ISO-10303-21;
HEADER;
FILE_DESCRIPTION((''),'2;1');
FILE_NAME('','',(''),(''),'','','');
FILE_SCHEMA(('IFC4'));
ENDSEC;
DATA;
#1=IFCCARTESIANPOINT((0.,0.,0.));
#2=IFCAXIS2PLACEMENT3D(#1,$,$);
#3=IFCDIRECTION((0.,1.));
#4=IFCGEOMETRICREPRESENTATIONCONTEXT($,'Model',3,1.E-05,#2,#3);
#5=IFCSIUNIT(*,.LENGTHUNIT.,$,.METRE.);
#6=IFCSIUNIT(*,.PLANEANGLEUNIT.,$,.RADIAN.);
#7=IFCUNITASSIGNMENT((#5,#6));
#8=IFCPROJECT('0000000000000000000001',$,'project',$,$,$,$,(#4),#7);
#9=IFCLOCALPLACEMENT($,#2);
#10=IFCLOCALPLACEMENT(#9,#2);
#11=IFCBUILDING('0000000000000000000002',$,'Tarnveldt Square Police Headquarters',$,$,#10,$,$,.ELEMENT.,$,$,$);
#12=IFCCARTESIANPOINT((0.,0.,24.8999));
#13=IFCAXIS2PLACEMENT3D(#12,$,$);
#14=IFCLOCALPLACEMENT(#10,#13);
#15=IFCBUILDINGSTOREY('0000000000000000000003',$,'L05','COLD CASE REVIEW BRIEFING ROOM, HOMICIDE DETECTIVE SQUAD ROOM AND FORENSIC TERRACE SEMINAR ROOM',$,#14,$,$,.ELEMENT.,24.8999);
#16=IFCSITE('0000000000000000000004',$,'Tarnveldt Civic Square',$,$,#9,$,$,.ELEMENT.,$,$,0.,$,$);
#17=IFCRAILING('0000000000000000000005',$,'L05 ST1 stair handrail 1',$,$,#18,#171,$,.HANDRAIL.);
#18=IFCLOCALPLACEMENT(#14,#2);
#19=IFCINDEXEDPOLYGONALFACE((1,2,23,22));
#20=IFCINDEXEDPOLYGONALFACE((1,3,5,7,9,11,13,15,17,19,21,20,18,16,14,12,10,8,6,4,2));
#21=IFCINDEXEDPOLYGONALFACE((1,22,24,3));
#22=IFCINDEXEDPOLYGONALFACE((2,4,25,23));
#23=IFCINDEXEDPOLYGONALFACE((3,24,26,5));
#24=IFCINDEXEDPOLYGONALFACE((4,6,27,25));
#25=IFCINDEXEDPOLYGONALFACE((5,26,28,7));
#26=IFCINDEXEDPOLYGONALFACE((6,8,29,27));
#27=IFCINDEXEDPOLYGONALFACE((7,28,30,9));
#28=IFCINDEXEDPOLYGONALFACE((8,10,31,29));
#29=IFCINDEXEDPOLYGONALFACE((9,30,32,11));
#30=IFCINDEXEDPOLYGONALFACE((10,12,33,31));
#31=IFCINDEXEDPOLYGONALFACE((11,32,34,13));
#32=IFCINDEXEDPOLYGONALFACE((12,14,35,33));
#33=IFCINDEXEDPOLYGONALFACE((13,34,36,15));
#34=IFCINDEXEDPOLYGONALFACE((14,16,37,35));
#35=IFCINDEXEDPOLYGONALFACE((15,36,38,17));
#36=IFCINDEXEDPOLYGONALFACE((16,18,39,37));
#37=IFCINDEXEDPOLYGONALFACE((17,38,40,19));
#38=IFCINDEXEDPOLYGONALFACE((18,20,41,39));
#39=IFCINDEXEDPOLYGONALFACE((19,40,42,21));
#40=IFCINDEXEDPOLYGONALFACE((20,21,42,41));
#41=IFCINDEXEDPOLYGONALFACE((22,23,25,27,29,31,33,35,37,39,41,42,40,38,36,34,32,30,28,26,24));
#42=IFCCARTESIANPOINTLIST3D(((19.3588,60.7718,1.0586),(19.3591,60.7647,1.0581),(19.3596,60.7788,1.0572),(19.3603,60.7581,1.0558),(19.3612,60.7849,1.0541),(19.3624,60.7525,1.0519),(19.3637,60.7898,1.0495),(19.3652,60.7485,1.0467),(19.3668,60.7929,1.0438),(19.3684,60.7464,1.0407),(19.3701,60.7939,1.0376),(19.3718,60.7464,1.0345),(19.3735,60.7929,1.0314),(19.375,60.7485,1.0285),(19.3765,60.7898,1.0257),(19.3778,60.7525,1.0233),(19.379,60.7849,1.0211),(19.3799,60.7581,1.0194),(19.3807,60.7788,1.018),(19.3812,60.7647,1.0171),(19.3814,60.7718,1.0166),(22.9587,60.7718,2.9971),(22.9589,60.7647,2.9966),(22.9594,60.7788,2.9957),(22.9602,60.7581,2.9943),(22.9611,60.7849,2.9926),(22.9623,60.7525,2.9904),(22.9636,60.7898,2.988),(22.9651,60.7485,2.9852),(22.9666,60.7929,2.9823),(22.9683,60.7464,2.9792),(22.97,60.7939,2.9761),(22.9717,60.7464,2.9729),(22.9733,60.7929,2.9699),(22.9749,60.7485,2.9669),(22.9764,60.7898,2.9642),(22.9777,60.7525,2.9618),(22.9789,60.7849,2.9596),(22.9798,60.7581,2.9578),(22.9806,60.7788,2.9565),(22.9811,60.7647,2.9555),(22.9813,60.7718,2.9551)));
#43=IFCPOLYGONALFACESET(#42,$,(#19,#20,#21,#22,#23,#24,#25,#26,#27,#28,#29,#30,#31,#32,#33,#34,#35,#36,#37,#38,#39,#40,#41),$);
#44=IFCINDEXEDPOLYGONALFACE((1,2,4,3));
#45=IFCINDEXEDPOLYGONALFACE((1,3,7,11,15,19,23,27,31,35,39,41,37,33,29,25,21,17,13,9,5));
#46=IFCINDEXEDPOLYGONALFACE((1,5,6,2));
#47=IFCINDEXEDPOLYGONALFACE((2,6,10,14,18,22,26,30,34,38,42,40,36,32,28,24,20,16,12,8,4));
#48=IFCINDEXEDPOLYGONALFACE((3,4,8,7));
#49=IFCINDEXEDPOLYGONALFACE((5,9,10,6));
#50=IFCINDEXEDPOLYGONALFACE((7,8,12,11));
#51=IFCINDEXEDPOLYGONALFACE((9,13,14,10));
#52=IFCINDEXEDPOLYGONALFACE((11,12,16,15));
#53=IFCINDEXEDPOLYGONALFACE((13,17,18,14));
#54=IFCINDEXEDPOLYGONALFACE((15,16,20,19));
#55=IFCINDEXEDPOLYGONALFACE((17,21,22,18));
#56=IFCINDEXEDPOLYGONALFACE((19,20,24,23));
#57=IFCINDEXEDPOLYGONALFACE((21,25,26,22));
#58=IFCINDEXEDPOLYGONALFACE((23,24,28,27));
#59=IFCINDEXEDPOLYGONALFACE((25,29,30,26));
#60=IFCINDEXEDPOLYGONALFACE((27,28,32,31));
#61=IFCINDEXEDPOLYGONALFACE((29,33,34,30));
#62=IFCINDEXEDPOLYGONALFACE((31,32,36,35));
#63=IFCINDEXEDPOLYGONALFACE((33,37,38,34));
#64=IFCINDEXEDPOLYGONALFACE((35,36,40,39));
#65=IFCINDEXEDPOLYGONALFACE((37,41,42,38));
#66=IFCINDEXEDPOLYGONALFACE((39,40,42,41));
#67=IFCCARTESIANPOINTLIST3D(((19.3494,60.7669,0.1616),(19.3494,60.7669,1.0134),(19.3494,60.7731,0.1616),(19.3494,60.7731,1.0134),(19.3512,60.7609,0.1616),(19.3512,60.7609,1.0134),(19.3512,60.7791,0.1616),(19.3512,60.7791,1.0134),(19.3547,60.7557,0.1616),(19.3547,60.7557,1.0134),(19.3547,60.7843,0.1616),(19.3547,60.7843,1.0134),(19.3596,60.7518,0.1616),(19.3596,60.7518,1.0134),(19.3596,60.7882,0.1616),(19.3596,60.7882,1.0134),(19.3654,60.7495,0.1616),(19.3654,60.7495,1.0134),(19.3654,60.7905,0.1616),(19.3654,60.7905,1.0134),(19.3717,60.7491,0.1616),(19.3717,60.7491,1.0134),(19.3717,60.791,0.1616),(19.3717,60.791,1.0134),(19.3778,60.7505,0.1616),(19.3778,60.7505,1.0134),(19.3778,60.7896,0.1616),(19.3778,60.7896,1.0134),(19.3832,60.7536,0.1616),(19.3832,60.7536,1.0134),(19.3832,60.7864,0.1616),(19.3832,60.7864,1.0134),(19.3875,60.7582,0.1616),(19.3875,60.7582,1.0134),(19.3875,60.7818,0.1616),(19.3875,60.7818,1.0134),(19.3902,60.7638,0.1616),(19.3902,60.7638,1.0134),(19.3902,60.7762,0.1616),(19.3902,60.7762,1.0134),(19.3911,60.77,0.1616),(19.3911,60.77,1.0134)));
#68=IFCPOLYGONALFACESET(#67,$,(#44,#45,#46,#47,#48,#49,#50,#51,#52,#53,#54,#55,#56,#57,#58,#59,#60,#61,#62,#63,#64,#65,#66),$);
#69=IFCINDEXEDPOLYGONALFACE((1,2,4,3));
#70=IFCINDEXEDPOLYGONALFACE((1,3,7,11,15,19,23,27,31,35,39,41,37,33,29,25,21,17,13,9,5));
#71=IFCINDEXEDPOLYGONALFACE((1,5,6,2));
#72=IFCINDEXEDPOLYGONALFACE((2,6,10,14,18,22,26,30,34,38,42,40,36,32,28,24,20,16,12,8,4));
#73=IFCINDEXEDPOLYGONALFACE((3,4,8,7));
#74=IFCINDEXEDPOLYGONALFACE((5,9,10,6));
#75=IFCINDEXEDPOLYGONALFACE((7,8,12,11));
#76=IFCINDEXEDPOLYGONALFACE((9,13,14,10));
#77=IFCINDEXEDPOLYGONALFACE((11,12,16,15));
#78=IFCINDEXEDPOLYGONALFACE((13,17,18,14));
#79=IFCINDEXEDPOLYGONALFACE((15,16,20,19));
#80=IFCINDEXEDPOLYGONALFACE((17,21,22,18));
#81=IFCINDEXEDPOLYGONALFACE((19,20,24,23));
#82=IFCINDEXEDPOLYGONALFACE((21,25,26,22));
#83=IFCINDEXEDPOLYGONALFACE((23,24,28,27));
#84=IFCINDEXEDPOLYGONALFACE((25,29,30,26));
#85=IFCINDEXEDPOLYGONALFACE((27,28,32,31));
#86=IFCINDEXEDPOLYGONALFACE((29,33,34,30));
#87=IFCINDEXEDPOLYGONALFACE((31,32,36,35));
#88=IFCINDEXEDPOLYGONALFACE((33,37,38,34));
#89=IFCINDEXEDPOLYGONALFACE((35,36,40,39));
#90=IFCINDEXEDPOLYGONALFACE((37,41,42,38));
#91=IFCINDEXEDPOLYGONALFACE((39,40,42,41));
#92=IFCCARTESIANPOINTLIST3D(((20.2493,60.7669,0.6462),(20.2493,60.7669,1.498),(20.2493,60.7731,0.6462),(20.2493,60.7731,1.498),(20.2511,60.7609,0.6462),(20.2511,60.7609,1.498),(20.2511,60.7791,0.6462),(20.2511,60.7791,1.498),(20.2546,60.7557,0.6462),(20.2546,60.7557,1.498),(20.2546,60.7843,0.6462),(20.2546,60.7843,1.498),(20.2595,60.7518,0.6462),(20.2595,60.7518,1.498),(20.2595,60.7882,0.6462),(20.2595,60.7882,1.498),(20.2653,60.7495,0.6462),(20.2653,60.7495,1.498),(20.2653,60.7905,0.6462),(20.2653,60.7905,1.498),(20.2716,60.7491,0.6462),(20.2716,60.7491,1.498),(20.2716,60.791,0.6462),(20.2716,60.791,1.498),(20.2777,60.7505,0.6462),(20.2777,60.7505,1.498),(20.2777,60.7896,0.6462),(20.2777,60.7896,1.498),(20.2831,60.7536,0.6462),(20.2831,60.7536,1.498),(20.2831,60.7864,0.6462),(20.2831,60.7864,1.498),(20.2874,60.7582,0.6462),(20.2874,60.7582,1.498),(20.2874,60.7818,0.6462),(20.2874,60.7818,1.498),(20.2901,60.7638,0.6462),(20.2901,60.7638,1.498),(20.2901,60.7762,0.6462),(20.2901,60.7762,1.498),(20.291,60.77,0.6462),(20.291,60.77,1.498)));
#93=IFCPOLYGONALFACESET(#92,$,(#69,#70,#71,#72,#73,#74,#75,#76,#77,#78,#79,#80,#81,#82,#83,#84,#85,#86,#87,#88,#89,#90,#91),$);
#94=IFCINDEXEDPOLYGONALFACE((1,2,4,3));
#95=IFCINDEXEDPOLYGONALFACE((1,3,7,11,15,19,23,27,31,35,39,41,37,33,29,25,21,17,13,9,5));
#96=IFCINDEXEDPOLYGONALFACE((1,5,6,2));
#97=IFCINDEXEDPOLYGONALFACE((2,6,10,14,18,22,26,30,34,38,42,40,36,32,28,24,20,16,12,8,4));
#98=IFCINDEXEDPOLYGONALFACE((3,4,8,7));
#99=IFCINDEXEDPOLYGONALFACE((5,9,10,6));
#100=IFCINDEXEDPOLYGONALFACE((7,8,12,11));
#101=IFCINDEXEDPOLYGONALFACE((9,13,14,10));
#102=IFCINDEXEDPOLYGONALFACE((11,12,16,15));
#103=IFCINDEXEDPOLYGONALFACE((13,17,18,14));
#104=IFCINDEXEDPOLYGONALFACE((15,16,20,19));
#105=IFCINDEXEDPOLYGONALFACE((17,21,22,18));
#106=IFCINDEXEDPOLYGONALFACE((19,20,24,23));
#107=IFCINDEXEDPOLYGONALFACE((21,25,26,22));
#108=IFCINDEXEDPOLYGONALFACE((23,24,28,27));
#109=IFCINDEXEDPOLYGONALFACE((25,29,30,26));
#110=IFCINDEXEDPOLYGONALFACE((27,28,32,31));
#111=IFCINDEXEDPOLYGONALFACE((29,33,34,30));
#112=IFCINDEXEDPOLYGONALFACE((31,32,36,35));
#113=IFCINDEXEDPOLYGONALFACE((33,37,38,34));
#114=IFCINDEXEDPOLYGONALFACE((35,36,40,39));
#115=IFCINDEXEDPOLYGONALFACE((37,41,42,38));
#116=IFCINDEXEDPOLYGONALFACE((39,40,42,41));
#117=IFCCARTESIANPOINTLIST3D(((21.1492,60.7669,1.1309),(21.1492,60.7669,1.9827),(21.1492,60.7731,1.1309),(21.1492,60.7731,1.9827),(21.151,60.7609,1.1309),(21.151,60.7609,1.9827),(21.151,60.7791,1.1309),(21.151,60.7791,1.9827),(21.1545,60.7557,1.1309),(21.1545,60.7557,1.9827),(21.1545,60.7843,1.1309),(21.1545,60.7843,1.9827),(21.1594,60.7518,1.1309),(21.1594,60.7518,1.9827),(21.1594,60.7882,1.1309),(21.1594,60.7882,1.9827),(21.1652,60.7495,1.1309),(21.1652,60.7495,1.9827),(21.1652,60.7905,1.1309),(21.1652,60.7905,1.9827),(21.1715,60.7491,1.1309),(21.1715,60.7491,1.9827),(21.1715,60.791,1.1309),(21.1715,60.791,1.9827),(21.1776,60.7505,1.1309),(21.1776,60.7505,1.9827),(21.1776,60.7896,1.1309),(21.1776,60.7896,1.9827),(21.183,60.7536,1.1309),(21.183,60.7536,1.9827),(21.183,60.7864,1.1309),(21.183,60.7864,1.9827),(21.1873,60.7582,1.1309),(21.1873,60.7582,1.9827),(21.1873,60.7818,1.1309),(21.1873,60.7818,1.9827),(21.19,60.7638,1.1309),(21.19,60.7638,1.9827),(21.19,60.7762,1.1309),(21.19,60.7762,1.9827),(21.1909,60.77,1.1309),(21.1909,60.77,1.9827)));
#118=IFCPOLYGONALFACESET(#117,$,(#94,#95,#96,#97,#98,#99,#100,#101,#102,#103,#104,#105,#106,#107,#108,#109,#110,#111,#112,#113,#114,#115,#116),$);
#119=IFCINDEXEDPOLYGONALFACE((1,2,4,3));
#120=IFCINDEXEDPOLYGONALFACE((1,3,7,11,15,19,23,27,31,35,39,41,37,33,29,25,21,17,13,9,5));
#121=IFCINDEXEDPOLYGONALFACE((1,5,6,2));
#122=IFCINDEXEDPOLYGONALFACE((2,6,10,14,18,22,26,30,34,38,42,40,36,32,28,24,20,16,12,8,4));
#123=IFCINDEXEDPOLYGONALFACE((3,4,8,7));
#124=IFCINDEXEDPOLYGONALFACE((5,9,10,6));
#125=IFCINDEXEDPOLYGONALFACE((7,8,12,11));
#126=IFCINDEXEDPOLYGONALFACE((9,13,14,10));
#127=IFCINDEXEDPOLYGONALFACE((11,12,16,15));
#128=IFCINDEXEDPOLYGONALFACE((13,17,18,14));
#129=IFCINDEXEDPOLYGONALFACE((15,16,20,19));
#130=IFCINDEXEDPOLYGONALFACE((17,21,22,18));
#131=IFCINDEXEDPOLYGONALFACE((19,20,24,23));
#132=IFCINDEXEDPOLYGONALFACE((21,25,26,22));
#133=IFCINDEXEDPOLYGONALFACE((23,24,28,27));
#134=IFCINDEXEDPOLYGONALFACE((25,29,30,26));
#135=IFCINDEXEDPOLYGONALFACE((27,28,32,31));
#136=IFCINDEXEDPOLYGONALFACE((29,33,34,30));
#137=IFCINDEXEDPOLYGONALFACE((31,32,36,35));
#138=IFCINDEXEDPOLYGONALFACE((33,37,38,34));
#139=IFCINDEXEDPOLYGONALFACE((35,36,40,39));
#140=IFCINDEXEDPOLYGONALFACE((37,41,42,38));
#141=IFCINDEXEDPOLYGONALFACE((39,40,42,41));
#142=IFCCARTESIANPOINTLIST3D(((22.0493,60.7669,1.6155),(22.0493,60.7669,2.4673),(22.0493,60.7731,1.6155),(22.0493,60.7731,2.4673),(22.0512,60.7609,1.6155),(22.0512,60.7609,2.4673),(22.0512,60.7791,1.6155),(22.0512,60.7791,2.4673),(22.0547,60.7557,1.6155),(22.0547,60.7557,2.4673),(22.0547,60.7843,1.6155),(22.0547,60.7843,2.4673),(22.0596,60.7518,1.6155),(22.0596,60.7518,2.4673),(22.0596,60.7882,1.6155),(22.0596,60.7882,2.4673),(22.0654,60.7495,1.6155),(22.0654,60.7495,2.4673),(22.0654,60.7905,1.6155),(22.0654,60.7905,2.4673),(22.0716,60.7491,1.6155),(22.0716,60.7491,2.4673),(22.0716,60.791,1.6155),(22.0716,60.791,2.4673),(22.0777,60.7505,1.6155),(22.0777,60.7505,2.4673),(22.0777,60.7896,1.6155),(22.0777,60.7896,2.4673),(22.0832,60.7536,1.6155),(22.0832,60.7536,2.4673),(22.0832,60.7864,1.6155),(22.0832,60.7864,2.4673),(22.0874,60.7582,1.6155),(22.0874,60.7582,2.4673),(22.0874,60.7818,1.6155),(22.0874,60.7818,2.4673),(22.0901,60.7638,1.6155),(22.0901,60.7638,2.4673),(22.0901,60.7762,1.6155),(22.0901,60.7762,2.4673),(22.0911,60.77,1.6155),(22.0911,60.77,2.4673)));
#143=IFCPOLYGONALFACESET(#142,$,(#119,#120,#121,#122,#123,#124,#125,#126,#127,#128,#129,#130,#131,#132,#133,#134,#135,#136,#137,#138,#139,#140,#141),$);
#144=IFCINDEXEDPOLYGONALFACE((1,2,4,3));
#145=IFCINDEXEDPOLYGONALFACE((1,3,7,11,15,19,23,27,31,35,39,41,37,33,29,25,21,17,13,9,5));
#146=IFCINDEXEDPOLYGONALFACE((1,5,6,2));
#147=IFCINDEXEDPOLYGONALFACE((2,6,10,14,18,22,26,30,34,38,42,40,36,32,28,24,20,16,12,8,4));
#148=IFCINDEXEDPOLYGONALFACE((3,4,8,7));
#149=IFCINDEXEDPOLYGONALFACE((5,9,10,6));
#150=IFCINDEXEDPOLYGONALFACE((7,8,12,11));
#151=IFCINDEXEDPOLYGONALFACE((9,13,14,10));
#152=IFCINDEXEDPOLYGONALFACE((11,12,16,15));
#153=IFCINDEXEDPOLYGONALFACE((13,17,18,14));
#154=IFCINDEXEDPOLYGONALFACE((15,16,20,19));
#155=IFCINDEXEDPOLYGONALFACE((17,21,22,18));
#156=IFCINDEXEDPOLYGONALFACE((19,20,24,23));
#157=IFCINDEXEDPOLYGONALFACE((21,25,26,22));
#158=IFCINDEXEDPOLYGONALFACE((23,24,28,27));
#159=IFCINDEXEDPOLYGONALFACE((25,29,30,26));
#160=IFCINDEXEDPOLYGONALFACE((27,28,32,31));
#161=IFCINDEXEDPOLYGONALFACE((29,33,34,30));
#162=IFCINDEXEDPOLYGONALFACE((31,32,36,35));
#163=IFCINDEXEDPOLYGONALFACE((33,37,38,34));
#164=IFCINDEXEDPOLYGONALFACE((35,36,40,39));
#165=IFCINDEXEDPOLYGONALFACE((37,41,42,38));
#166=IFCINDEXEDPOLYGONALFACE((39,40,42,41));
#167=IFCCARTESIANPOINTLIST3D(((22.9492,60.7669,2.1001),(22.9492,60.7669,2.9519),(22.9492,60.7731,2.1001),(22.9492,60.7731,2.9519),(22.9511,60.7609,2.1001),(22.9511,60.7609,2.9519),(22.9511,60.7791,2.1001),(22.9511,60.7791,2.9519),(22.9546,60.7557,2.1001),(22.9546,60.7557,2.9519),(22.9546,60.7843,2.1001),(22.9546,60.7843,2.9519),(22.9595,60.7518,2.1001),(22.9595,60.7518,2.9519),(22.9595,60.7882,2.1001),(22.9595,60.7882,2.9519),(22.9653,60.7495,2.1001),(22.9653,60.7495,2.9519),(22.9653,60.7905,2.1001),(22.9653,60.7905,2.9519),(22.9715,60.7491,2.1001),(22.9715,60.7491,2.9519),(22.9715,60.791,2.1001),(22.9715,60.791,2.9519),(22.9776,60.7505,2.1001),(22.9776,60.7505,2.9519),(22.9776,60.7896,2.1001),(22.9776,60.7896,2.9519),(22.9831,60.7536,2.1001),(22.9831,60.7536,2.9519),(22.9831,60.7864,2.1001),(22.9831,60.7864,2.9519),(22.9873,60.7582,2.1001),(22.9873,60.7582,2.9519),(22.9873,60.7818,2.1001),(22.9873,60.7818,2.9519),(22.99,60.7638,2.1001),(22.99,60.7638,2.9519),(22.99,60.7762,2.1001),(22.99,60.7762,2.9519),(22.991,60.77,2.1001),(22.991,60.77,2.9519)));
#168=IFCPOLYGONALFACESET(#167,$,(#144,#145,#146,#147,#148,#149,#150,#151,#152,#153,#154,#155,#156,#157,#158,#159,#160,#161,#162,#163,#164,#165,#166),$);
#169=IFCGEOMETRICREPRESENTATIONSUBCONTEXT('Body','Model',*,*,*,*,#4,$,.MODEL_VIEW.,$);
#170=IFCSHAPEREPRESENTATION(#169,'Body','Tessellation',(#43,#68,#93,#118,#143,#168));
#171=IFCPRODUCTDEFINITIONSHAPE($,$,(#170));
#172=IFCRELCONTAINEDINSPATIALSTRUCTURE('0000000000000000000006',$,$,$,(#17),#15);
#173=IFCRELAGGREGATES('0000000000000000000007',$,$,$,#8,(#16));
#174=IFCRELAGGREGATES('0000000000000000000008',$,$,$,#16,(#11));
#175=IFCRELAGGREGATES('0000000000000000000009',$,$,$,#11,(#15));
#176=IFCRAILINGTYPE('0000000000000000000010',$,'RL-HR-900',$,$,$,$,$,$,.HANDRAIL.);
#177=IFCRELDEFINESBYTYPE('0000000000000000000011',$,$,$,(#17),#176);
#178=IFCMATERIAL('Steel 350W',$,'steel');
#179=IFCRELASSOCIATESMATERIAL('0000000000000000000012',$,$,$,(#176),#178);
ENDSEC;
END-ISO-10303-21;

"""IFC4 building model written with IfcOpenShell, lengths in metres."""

from ifc_helpers import new_model, si_unit, direction, frame, origin, origin_2d, place, context, subcontext, project, spatial, circle, extrude, material, type_object, element, save


model = new_model("IFC4")

# Units and contexts
model_context = context("Model", 3, precision=1e-05, world=origin(), true_north=direction((0.0, 1.0)))
body_context = subcontext(model_context, "Body", "Model", "MODEL_VIEW")
ifc_project = project(units=[si_unit("LENGTHUNIT", "METRE"), si_unit("PLANEANGLEUNIT", "RADIAN")], contexts=[model_context])

# Site, building, storey
site_placement = place(None, origin())
site = spatial("IfcSite", under=ifc_project, at=site_placement, Name="Tarnveldt Civic Square", CompositionType="ELEMENT", RefElevation=0.0)
building_placement = place(site_placement, origin())
building = spatial("IfcBuilding", under=site, at=building_placement, Name="Tarnveldt Square Police Headquarters", CompositionType="ELEMENT")
storey_placement = place(building_placement, frame((0.0, 0.0, 24.8999)))
storey = spatial("IfcBuildingStorey", under=building, at=storey_placement, Name="L05", Description="COLD CASE REVIEW BRIEFING ROOM, HOMICIDE DETECTIVE SQUAD ROOM AND FORENSIC TERRACE SEMINAR ROOM", CompositionType="ELEMENT", Elevation=24.8999)

# Shared definitions
ifc_material_1 = material(Name="Steel 350W", Category="steel")

# Railing
railing_type_1 = type_object("IfcRailingType", Name="RL-HR-900", PredefinedType="HANDRAIL", material=ifc_material_1)
railing_1_placement = place(storey_placement, frame((19.3701, 60.77, 0.1616)))
element("IfcRailing", 1, at=railing_1_placement, inside=storey, type_object=railing_type_1, Name="L05 ST1 stair handrail 1", PredefinedType="HANDRAIL", context=body_context, shape_type="SweptSolid", body=[
    extrude(circle(Radius=0.0239, at=origin_2d()), frame((0.0, 0.0, 0.876), z_axis=(0.880462, 0.0, 0.474118), x_axis=(0.0, 1.0, 0.0)), (0.0, 0.0, 1.0), 4.0886),
    extrude(circle(Radius=0.021, at=origin_2d()), origin(), (0.0, 0.0, 1.0), 0.8518),
    extrude(circle(Radius=0.021, at=origin_2d()), frame((0.8999, 0.0, 0.4846)), (0.0, 0.0, 1.0), 0.8518),
    extrude(circle(Radius=0.021, at=origin_2d()), frame((1.7998, 0.0, 0.9692)), (0.0, 0.0, 1.0), 0.8518),
    extrude(circle(Radius=0.021, at=origin_2d()), frame((2.7, 0.0, 1.4539)), (0.0, 0.0, 1.0), 0.8518),
    extrude(circle(Radius=0.021, at=origin_2d()), frame((3.5999, 0.0, 1.9385)), (0.0, 0.0, 1.0), 0.8518),
])

save(model, "model.ifc")
